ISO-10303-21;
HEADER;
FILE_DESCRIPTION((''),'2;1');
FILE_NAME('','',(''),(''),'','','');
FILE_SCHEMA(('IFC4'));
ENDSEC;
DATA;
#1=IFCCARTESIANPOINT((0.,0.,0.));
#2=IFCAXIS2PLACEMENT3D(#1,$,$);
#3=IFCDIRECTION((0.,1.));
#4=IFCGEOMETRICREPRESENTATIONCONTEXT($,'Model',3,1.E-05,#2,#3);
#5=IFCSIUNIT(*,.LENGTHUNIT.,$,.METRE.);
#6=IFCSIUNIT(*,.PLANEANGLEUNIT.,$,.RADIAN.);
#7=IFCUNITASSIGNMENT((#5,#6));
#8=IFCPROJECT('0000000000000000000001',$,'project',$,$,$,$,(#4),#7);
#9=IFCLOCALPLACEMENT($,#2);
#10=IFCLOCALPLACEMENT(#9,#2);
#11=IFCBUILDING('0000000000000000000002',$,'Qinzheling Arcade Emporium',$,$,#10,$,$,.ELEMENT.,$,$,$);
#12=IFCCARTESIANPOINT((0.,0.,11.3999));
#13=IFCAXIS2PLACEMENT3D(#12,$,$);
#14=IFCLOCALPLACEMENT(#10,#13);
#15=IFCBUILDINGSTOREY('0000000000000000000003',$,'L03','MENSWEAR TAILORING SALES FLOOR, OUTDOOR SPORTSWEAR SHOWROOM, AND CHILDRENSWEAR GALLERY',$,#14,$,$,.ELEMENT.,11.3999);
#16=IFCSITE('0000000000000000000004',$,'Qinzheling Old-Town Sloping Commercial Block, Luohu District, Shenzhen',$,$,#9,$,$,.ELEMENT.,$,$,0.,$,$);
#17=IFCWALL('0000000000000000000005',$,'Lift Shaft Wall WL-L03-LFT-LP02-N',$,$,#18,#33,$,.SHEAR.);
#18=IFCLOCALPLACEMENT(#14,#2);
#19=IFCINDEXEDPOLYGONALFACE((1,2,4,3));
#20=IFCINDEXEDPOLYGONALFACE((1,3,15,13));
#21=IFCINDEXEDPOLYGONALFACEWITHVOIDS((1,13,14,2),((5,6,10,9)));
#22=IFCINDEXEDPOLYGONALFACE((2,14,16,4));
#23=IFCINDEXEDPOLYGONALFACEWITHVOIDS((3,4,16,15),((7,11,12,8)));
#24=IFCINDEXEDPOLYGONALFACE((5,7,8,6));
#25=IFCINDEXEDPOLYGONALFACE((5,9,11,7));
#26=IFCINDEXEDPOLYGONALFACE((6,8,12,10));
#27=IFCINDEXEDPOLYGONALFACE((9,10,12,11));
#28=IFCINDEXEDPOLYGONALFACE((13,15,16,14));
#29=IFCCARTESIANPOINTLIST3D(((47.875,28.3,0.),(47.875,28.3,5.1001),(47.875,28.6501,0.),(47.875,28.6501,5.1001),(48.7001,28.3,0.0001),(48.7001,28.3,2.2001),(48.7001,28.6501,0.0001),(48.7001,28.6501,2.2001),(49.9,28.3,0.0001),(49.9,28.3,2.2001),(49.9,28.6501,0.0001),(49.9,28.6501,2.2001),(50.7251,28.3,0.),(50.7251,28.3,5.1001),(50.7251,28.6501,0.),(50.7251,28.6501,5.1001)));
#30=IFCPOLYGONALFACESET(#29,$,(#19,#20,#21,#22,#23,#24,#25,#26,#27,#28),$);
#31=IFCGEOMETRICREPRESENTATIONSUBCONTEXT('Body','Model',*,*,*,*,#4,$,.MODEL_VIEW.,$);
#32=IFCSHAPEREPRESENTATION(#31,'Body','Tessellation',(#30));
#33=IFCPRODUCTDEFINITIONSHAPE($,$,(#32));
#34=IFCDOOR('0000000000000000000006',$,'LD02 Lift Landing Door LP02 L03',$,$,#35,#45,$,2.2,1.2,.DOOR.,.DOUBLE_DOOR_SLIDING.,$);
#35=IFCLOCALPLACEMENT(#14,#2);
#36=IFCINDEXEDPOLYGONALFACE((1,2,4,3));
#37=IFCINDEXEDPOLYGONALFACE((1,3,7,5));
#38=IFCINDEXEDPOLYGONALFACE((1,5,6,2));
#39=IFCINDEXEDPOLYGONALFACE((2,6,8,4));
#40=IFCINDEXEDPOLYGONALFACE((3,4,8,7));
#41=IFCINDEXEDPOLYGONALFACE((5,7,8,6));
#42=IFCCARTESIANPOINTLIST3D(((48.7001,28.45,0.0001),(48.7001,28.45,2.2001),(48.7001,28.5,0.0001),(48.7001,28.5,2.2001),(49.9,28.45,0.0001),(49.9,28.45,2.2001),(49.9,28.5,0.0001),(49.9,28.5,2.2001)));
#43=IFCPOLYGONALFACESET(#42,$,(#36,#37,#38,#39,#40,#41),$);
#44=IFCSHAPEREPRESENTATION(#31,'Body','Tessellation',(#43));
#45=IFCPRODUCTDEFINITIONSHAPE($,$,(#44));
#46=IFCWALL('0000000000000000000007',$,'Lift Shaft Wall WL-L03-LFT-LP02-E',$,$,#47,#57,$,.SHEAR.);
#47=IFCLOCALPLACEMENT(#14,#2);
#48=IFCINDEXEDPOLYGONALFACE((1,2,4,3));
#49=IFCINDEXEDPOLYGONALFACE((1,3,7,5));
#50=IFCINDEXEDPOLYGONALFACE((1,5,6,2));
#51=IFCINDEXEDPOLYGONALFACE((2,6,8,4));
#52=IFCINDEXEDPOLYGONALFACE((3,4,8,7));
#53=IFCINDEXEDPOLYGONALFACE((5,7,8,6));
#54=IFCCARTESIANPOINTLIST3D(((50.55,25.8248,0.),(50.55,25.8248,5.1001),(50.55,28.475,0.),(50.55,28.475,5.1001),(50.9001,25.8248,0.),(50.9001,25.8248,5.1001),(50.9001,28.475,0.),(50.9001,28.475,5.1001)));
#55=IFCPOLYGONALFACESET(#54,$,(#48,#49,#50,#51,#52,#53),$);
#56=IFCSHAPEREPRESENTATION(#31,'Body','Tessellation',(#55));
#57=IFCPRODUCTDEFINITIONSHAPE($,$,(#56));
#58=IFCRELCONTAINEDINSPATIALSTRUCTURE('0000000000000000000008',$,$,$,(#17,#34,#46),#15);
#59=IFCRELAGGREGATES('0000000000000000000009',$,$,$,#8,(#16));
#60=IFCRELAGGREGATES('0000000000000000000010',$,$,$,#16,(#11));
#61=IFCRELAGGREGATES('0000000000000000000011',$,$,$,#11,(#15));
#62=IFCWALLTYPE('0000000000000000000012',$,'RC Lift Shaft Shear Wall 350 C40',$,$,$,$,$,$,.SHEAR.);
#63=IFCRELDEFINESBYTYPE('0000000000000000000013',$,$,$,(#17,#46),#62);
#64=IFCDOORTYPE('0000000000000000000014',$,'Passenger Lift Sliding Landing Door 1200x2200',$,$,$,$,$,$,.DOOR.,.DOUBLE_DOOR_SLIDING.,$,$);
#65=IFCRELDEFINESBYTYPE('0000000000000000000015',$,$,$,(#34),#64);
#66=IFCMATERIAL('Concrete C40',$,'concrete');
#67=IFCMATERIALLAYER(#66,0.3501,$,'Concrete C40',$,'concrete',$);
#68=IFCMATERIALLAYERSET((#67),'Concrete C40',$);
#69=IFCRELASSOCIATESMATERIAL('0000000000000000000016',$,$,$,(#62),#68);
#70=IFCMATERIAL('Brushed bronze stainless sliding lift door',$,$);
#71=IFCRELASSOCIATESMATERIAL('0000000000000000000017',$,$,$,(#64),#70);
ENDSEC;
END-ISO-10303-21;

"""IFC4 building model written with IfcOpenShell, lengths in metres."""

from ifc_helpers import new_model, si_unit, direction, frame, frame_2d, origin, place, context, subcontext, project, spatial, rectangle, extrude, material, layer, layer_set, type_object, element, fill, save


model = new_model("IFC4")

# Units and contexts
model_context = context("Model", 3, precision=1e-05, world=origin(), true_north=direction((0.0, 1.0)))
body_context = subcontext(model_context, "Body", "Model", "MODEL_VIEW")
ifc_project = project(units=[si_unit("LENGTHUNIT", "METRE"), si_unit("PLANEANGLEUNIT", "RADIAN")], contexts=[model_context])

# Site, building, storey
site_placement = place(None, origin())
site = spatial("IfcSite", under=ifc_project, at=site_placement, Name="Qinzheling Old-Town Sloping Commercial Block, Luohu District, Shenzhen", CompositionType="ELEMENT", RefElevation=0.0)
building_placement = place(site_placement, origin())
building = spatial("IfcBuilding", under=site, at=building_placement, Name="Qinzheling Arcade Emporium", CompositionType="ELEMENT")
storey_placement = place(building_placement, frame((0.0, 0.0, 11.3999)))
storey = spatial("IfcBuildingStorey", under=building, at=storey_placement, Name="L03", Description="MENSWEAR TAILORING SALES FLOOR, OUTDOOR SPORTSWEAR SHOWROOM, AND CHILDRENSWEAR GALLERY", CompositionType="ELEMENT", Elevation=11.3999)

# Shared definitions
ifc_material_1 = material(Name="Concrete C40", Category="concrete")

# Shared definitions
ifc_layer_1 = layer(ifc_material_1, 0.3501, Name="Concrete C40", Category="concrete")
ifc_layer_set_1 = layer_set([ifc_layer_1], Name="Concrete C40")
wall_type_1 = type_object("IfcWallType", Name="RC Lift Shaft Shear Wall 350 C40", PredefinedType="SHEAR", material=ifc_layer_set_1)

# Shared definitions
ifc_material_2 = material(Name="Brushed bronze stainless sliding lift door")
door_type_1 = type_object("IfcDoorType", Name="Passenger Lift Sliding Landing Door 1200x2200", OperationType="DOUBLE_DOOR_SLIDING", PredefinedType="DOOR", material=ifc_material_2)

# Wall, opening, door
wall_1_placement = place(storey_placement, frame((47.875, 28.4751, 0.0), z_axis=(0.0, 0.0, 1.0), x_axis=(1.0, 0.0, 0.0)))
wall_1 = element("IfcWall", 1, at=wall_1_placement, inside=storey, type_object=wall_type_1, Name="Lift Shaft Wall WL-L03-LFT-LP02-N", PredefinedType="SHEAR", context=body_context, shape_type="SweptSolid", body=[
    extrude(rectangle(XDim=2.8501, YDim=0.3501, at=frame_2d((1.425, 0.0))), origin(), (0.0, 0.0, 1.0), 5.1001),
])
opening_1_placement = place(wall_1_placement, frame((0.825, 0.0, 0.0)))
opening_1 = element("IfcOpeningElement", 2, at=opening_1_placement, cuts=wall_1, PredefinedType="OPENING", context=body_context, shape_type="SweptSolid", body=[
    extrude(rectangle(XDim=1.2, YDim=2.2, at=frame_2d((0.6001, 1.1001))), frame((0.0, 0.1851, 0.0), z_axis=(0.0, -1.0, 0.0), x_axis=(1.0, 0.0, 0.0)), (0.0, 0.0, 1.0), 0.3701),
])
door_1_placement = place(opening_1_placement, origin())
door_1 = element("IfcDoor", 3, at=door_1_placement, inside=storey, type_object=door_type_1, Name="LD02 Lift Landing Door LP02 L03", OperationType="DOUBLE_DOOR_SLIDING", OverallHeight=2.2, OverallWidth=1.2, PredefinedType="DOOR", context=body_context, shape_type="SweptSolid", body=[
    extrude(rectangle(XDim=1.2, YDim=2.2, at=frame_2d((0.6001, 1.1001))), frame((0.0, 0.0249, 0.0), z_axis=(0.0, -1.0, 0.0), x_axis=(1.0, 0.0, 0.0)), (0.0, 0.0, 1.0), 0.05),
])
fill(opening_1, door_1)

# Wall
wall_2_placement = place(storey_placement, frame((50.7251, 28.4751, 0.0), z_axis=(0.0, 0.0, 1.0), x_axis=(0.0, -1.0, 0.0)))
element("IfcWall", 4, at=wall_2_placement, inside=storey, type_object=wall_type_1, Name="Lift Shaft Wall WL-L03-LFT-LP02-E", PredefinedType="SHEAR", context=body_context, shape_type="SweptSolid", body=[
    extrude(rectangle(XDim=2.6501, YDim=0.3501, at=frame_2d((1.3252, 0.0))), origin(), (0.0, 0.0, 1.0), 5.1001),
])

save(model, "model.ifc")
